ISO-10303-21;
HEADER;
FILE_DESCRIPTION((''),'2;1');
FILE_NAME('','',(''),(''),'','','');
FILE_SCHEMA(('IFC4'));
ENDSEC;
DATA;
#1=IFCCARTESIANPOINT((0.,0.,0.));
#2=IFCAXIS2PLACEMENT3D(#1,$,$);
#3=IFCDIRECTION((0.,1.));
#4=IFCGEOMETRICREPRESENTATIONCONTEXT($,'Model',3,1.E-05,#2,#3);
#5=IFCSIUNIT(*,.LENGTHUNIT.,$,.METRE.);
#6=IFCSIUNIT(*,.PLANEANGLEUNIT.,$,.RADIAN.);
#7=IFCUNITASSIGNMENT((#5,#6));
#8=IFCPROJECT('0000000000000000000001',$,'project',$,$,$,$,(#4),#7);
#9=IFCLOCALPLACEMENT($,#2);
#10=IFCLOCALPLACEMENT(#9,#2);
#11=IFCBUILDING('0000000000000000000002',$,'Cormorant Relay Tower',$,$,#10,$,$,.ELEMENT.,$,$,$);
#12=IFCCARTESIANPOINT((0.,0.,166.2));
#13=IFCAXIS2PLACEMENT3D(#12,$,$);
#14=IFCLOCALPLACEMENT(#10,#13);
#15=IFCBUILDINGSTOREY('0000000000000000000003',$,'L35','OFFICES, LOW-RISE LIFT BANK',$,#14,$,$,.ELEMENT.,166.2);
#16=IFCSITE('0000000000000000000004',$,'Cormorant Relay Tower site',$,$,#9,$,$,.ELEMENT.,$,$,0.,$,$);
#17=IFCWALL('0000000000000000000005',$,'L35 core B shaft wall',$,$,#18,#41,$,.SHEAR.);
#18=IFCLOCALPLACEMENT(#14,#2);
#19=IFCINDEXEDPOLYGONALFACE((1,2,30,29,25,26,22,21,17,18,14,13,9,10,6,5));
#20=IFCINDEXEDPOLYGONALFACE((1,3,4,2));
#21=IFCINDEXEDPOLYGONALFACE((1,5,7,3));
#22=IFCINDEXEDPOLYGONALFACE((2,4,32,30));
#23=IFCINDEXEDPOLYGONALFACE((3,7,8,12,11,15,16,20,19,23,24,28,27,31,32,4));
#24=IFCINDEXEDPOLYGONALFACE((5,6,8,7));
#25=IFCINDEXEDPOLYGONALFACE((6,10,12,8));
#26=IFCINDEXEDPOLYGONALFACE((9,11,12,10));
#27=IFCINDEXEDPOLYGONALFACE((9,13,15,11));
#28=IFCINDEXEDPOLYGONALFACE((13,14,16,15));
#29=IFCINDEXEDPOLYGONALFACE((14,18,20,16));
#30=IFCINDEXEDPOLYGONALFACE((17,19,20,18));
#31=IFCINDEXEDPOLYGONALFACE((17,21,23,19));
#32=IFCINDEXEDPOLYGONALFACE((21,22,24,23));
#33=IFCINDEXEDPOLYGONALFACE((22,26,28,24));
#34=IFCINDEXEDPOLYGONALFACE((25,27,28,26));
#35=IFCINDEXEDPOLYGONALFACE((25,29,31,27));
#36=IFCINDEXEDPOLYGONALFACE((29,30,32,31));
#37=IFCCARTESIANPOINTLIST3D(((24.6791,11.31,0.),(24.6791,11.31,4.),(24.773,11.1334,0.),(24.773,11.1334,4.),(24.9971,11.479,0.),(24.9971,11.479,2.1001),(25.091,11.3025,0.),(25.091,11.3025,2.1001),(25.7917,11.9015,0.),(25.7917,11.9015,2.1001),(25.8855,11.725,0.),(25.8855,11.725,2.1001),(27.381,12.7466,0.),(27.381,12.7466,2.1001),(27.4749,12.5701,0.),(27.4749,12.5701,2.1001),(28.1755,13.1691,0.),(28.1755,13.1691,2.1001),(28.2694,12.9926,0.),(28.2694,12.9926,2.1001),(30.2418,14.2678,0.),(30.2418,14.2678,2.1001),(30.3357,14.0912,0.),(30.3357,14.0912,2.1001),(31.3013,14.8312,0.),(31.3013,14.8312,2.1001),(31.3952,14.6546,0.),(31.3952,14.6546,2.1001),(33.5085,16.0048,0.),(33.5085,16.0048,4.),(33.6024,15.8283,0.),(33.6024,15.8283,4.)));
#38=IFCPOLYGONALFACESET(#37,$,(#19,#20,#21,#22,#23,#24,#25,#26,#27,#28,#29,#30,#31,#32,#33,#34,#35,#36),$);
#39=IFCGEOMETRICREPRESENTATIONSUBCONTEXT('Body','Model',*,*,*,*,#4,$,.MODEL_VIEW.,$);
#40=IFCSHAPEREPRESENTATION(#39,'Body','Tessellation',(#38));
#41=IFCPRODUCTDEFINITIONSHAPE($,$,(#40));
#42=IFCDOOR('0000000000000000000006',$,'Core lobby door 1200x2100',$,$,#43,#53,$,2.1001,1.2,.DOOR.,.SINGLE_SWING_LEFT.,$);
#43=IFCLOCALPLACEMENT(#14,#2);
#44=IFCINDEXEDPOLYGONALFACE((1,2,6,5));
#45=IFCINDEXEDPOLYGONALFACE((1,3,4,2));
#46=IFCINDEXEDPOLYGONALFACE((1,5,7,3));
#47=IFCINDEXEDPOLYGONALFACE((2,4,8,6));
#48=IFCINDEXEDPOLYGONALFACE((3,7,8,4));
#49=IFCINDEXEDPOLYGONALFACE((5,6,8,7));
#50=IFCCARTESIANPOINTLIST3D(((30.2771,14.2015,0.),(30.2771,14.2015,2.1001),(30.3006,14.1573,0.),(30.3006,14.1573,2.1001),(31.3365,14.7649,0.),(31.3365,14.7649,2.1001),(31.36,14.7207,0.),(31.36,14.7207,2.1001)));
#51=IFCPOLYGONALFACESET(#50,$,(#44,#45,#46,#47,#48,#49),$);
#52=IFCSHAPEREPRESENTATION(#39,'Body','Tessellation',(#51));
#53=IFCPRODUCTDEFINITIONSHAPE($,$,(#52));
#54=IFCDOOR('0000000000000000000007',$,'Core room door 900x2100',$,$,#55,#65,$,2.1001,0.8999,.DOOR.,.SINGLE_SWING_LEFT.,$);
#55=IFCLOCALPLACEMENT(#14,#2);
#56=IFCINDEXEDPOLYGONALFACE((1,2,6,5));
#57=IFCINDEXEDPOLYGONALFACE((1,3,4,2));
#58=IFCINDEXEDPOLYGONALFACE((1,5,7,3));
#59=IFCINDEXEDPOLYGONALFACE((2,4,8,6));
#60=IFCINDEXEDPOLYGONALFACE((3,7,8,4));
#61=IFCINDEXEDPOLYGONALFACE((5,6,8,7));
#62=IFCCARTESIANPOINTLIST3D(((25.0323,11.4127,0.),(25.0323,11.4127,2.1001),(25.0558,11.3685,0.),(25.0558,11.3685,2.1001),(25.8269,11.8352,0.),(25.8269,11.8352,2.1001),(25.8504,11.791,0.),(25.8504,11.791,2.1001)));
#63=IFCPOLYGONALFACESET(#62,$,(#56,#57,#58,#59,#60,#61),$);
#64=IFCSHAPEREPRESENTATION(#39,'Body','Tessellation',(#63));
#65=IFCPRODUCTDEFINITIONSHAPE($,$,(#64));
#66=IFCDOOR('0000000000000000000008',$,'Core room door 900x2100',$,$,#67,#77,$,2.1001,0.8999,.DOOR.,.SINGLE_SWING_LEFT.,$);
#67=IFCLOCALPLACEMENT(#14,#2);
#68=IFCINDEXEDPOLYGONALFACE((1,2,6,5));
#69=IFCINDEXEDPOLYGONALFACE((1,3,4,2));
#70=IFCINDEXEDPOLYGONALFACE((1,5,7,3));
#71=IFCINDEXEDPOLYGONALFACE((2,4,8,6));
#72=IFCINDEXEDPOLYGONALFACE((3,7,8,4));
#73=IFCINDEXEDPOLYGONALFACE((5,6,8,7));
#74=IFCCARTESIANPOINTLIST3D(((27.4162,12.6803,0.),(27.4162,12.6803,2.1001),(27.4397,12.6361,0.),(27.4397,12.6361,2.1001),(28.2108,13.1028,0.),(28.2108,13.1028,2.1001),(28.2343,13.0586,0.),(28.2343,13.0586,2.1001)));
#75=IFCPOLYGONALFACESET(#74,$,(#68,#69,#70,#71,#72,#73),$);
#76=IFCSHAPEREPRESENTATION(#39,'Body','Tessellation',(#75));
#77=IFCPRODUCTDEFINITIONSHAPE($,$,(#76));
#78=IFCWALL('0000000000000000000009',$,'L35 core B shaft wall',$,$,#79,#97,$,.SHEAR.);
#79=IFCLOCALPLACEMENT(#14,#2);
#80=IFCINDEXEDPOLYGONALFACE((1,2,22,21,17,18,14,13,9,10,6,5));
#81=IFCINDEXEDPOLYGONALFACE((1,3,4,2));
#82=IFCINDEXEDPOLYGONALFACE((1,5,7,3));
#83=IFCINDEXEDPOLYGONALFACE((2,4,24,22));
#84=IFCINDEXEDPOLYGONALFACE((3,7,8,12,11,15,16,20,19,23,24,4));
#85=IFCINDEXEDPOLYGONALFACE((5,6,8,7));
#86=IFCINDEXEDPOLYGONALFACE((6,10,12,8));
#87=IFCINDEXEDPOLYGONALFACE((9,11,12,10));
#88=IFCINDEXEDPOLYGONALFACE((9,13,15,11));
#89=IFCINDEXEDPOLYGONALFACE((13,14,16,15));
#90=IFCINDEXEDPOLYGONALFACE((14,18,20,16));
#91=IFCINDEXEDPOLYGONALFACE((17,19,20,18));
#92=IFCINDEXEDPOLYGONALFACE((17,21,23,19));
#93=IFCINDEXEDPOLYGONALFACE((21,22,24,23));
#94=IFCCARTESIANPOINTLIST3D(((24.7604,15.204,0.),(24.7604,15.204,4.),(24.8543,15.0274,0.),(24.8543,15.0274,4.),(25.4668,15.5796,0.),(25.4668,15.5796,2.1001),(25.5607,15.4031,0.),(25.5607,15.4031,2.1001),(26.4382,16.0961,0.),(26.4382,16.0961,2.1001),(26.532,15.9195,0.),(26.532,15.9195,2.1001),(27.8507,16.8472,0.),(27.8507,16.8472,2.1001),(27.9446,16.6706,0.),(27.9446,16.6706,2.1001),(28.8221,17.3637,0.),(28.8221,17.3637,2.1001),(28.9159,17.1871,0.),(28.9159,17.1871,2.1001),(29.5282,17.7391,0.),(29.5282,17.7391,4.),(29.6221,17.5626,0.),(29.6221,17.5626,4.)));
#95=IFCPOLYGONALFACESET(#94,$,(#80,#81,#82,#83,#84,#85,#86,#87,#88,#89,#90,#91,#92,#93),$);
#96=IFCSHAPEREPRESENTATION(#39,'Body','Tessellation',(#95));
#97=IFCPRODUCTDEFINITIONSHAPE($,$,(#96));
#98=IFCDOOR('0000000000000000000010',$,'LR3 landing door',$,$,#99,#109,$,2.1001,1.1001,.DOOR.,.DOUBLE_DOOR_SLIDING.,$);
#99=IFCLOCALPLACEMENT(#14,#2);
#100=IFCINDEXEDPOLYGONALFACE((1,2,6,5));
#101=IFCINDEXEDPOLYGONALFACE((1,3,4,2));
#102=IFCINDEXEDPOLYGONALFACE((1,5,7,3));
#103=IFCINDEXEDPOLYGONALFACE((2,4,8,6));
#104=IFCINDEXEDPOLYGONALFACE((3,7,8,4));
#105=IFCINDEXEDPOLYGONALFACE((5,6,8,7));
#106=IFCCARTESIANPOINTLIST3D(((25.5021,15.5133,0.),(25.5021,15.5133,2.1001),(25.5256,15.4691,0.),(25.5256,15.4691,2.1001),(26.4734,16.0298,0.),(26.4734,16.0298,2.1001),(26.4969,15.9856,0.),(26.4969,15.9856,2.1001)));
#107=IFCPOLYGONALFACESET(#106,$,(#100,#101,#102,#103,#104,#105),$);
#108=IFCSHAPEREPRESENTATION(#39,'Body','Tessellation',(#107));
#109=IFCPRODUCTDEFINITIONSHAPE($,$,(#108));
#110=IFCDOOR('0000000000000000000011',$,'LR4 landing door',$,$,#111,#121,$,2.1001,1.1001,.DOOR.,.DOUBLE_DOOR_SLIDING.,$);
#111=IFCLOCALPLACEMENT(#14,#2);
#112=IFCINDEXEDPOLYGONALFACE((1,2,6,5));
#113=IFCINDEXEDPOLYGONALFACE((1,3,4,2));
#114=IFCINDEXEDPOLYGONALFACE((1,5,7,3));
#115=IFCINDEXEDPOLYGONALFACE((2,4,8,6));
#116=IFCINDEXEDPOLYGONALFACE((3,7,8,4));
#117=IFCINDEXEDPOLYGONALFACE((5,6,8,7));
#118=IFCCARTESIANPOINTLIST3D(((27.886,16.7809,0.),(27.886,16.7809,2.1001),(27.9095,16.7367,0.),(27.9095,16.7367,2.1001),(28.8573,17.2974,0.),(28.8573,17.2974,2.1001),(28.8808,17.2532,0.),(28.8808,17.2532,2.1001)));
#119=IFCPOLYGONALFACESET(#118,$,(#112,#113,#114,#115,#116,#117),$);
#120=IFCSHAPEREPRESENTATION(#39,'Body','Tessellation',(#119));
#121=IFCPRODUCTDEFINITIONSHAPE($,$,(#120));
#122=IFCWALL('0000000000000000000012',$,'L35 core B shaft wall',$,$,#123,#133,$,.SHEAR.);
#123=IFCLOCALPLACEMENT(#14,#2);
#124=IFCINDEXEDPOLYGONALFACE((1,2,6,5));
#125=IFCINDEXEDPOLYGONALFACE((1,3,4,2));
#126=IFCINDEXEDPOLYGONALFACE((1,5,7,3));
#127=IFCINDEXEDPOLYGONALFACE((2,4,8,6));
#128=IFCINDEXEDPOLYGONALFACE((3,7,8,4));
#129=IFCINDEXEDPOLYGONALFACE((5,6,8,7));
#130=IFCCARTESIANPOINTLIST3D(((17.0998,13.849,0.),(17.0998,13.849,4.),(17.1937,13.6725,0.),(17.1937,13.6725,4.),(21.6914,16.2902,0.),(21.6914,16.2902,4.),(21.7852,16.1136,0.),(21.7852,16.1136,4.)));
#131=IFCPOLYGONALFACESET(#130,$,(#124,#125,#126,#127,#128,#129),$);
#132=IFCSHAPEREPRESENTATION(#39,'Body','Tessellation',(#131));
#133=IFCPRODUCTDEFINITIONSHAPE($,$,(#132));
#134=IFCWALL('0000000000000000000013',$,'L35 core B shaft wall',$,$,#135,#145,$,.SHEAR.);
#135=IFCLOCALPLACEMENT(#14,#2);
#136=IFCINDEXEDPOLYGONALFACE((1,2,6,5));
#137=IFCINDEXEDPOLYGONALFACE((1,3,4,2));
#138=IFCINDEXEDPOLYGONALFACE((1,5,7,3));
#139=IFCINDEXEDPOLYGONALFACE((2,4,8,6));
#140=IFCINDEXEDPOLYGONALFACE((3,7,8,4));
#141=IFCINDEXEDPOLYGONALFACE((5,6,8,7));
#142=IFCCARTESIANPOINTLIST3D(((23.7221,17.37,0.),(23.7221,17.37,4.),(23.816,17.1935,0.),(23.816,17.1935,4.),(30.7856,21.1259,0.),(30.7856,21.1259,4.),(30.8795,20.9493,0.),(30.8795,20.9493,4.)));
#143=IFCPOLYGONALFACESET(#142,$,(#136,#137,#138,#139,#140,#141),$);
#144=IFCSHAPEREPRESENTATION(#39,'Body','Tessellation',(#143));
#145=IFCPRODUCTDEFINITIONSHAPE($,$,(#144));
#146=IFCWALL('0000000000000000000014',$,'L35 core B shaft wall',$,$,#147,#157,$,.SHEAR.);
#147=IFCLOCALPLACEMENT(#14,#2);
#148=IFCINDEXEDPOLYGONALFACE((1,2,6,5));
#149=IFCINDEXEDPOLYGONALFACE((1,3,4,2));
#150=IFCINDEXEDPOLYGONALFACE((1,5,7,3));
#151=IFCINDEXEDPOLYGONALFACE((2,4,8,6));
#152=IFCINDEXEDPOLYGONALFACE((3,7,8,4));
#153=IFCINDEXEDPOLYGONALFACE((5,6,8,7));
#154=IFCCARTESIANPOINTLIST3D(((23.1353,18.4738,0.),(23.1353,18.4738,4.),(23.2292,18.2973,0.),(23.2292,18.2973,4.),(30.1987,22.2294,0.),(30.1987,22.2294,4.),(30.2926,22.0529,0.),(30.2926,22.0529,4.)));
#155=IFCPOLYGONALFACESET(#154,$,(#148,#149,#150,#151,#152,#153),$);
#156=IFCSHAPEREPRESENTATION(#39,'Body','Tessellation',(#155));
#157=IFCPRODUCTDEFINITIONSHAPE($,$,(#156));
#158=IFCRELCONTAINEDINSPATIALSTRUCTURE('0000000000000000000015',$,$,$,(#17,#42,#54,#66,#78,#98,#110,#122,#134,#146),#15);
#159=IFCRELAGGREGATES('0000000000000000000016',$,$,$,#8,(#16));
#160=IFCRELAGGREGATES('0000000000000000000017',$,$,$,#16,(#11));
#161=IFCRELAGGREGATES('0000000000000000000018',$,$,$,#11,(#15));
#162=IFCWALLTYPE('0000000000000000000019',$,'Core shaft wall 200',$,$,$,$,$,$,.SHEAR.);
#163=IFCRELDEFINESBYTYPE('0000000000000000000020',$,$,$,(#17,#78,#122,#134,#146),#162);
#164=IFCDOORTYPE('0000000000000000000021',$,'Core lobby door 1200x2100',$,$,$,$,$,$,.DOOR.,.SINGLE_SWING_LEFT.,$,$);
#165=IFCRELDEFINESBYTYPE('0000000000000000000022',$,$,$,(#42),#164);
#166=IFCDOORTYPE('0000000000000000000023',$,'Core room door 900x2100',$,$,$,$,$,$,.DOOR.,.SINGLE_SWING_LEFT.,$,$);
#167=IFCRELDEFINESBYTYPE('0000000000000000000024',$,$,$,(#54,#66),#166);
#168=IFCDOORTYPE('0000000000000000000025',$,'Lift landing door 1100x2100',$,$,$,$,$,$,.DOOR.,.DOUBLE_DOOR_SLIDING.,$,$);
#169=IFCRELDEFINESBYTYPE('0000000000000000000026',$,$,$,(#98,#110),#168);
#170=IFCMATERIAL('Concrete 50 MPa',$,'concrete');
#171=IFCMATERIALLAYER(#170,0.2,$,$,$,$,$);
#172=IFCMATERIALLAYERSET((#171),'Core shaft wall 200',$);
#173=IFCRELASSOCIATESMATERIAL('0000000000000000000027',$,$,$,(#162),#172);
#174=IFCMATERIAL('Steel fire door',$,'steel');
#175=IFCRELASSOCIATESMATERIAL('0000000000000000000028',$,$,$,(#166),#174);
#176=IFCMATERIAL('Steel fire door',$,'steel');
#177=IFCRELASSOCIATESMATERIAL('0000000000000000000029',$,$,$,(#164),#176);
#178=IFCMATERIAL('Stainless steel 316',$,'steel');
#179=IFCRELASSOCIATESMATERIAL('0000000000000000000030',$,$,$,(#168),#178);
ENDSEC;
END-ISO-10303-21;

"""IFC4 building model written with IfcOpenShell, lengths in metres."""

from ifc_helpers import new_model, si_unit, direction, frame, frame_2d, origin, place, context, subcontext, project, spatial, rectangle, extrude, material, layer, layer_set, type_object, element, fill, save


model = new_model("IFC4")

# Units and contexts
model_context = context("Model", 3, precision=1e-05, world=origin(), true_north=direction((0.0, 1.0)))
body_context = subcontext(model_context, "Body", "Model", "MODEL_VIEW")
ifc_project = project(units=[si_unit("LENGTHUNIT", "METRE"), si_unit("PLANEANGLEUNIT", "RADIAN")], contexts=[model_context])

# Site, building, storey
site_placement = place(None, origin())
site = spatial("IfcSite", under=ifc_project, at=site_placement, Name="Cormorant Relay Tower site", CompositionType="ELEMENT", RefElevation=0.0)
building_placement = place(site_placement, origin())
building = spatial("IfcBuilding", under=site, at=building_placement, Name="Cormorant Relay Tower", CompositionType="ELEMENT")
storey_placement = place(building_placement, frame((0.0, 0.0, 166.2)))
storey = spatial("IfcBuildingStorey", under=building, at=storey_placement, Name="L35", Description="OFFICES, LOW-RISE LIFT BANK", CompositionType="ELEMENT", Elevation=166.2)

# Shared definitions
ifc_material_1 = material(Name="Concrete 50 MPa", Category="concrete")
ifc_layer_1 = layer(ifc_material_1, 0.2)
ifc_layer_set_1 = layer_set([ifc_layer_1], Name="Core shaft wall 200")
wall_type_1 = type_object("IfcWallType", Name="Core shaft wall 200", PredefinedType="SHEAR", material=ifc_layer_set_1)

# Shared definitions
ifc_material_2 = material(Name="Steel fire door", Category="steel")
door_type_1 = type_object("IfcDoorType", Name="Core room door 900x2100", OperationType="SINGLE_SWING_LEFT", PredefinedType="DOOR", material=ifc_material_2)

# Walls, openings, doors
wall_1_placement = place(storey_placement, frame((24.7261, 11.2217, 0.0), z_axis=(0.0, 0.0, 1.0), x_axis=(0.88294, 0.469485, 0.0)))
wall_1 = element("IfcWall", 1, at=wall_1_placement, inside=storey, type_object=wall_type_1, Name="L35 core B shaft wall", PredefinedType="SHEAR", context=body_context, shape_type="SweptSolid", body=[
    extrude(rectangle(XDim=10.0, YDim=0.2, at=frame_2d((5.0, 0.0))), origin(), (0.0, 0.0, 1.0), 4.0),
])
opening_1_placement = place(wall_1_placement, frame((6.3, 0.0, 0.0)))
opening_1 = element("IfcOpeningElement", 2, at=opening_1_placement, cuts=wall_1, PredefinedType="OPENING", context=body_context, shape_type="SweptSolid", body=[
    extrude(rectangle(XDim=1.2, YDim=2.1001, at=frame_2d((0.6001, 1.05))), frame((0.0, 0.1099, 0.0), z_axis=(0.0, -1.0, 0.0), x_axis=(1.0, 0.0, 0.0)), (0.0, 0.0, 1.0), 0.22),
])
opening_2_placement = place(wall_1_placement, frame((0.3601, 0.0, 0.0)))
opening_2 = element("IfcOpeningElement", 3, at=opening_2_placement, cuts=wall_1, PredefinedType="OPENING", context=body_context, shape_type="SweptSolid", body=[
    extrude(rectangle(XDim=0.8999, YDim=2.1001, at=frame_2d((0.45, 1.05))), frame((0.0, 0.1099, 0.0), z_axis=(0.0, -1.0, 0.0), x_axis=(1.0, 0.0, 0.0)), (0.0, 0.0, 1.0), 0.22),
])
opening_3_placement = place(wall_1_placement, frame((3.0601, 0.0, 0.0)))
opening_3 = element("IfcOpeningElement", 4, at=opening_3_placement, cuts=wall_1, PredefinedType="OPENING", context=body_context, shape_type="SweptSolid", body=[
    extrude(rectangle(XDim=0.8999, YDim=2.1001, at=frame_2d((0.45, 1.05))), frame((0.0, 0.1099, 0.0), z_axis=(0.0, -1.0, 0.0), x_axis=(1.0, 0.0, 0.0)), (0.0, 0.0, 1.0), 0.22),
])
ifc_material_3 = material(Name="Steel fire door", Category="steel")
door_type_2 = type_object("IfcDoorType", Name="Core lobby door 1200x2100", OperationType="SINGLE_SWING_LEFT", PredefinedType="DOOR", material=ifc_material_3)
door_1_placement = place(opening_1_placement, origin())
door_1 = element("IfcDoor", 5, at=door_1_placement, inside=storey, type_object=door_type_2, Name="Core lobby door 1200x2100", OperationType="SINGLE_SWING_LEFT", OverallHeight=2.1001, OverallWidth=1.2, PredefinedType="DOOR", context=body_context, shape_type="SweptSolid", body=[
    extrude(rectangle(XDim=1.2, YDim=2.1001, at=frame_2d((0.6001, 1.05))), frame((0.0, 0.0249, 0.0), z_axis=(0.0, -1.0, 0.0), x_axis=(1.0, 0.0, 0.0)), (0.0, 0.0, 1.0), 0.05),
])
fill(opening_1, door_1)
door_2_placement = place(opening_2_placement, origin())
door_2 = element("IfcDoor", 6, at=door_2_placement, inside=storey, type_object=door_type_1, Name="Core room door 900x2100", OperationType="SINGLE_SWING_LEFT", OverallHeight=2.1001, OverallWidth=0.8999, PredefinedType="DOOR", context=body_context, shape_type="SweptSolid", body=[
    extrude(rectangle(XDim=0.8999, YDim=2.1001, at=frame_2d((0.45, 1.05))), frame((0.0, 0.0249, 0.0), z_axis=(0.0, -1.0, 0.0), x_axis=(1.0, 0.0, 0.0)), (0.0, 0.0, 1.0), 0.05),
])
fill(opening_2, door_2)
door_3_placement = place(opening_3_placement, origin())
door_3 = element("IfcDoor", 7, at=door_3_placement, inside=storey, type_object=door_type_1, Name="Core room door 900x2100", OperationType="SINGLE_SWING_LEFT", OverallHeight=2.1001, OverallWidth=0.8999, PredefinedType="DOOR", context=body_context, shape_type="SweptSolid", body=[
    extrude(rectangle(XDim=0.8999, YDim=2.1001, at=frame_2d((0.45, 1.05))), frame((0.0, 0.0249, 0.0), z_axis=(0.0, -1.0, 0.0), x_axis=(1.0, 0.0, 0.0)), (0.0, 0.0, 1.0), 0.05),
])
fill(opening_3, door_3)
wall_2_placement = place(storey_placement, frame((24.8074, 15.1157, 0.0), z_axis=(0.0, 0.0, 1.0), x_axis=(0.882943, 0.46948, 0.0)))
wall_2 = element("IfcWall", 8, at=wall_2_placement, inside=storey, type_object=wall_type_1, Name="L35 core B shaft wall", PredefinedType="SHEAR", context=body_context, shape_type="SweptSolid", body=[
    extrude(rectangle(XDim=5.3999, YDim=0.2, at=frame_2d((2.7, 0.0))), origin(), (0.0, 0.0, 1.0), 4.0),
])
opening_4_placement = place(wall_2_placement, frame((0.8, 0.0, 0.0)))
opening_4 = element("IfcOpeningElement", 9, at=opening_4_placement, cuts=wall_2, PredefinedType="OPENING", context=body_context, shape_type="SweptSolid", body=[
    extrude(rectangle(XDim=1.1001, YDim=2.1001, at=frame_2d((0.55, 1.05))), frame((0.0, 0.1099, 0.0), z_axis=(0.0, -1.0, 0.0), x_axis=(1.0, 0.0, 0.0)), (0.0, 0.0, 1.0), 0.22),
])
opening_5_placement = place(wall_2_placement, frame((3.5, 0.0, 0.0)))
opening_5 = element("IfcOpeningElement", 10, at=opening_5_placement, cuts=wall_2, PredefinedType="OPENING", context=body_context, shape_type="SweptSolid", body=[
    extrude(rectangle(XDim=1.1001, YDim=2.1001, at=frame_2d((0.55, 1.05))), frame((0.0, 0.1099, 0.0), z_axis=(0.0, -1.0, 0.0), x_axis=(1.0, 0.0, 0.0)), (0.0, 0.0, 1.0), 0.22),
])
ifc_material_4 = material(Name="Stainless steel 316", Category="steel")
door_type_3 = type_object("IfcDoorType", Name="Lift landing door 1100x2100", OperationType="DOUBLE_DOOR_SLIDING", PredefinedType="DOOR", material=ifc_material_4)
door_4_placement = place(opening_4_placement, origin())
door_4 = element("IfcDoor", 11, at=door_4_placement, inside=storey, type_object=door_type_3, Name="LR3 landing door", OperationType="DOUBLE_DOOR_SLIDING", OverallHeight=2.1001, OverallWidth=1.1001, PredefinedType="DOOR", context=body_context, shape_type="SweptSolid", body=[
    extrude(rectangle(XDim=1.1001, YDim=2.1001, at=frame_2d((0.55, 1.05))), frame((0.0, 0.0249, 0.0), z_axis=(0.0, -1.0, 0.0), x_axis=(1.0, 0.0, 0.0)), (0.0, 0.0, 1.0), 0.05),
])
fill(opening_4, door_4)
door_5_placement = place(opening_5_placement, origin())
door_5 = element("IfcDoor", 12, at=door_5_placement, inside=storey, type_object=door_type_3, Name="LR4 landing door", OperationType="DOUBLE_DOOR_SLIDING", OverallHeight=2.1001, OverallWidth=1.1001, PredefinedType="DOOR", context=body_context, shape_type="SweptSolid", body=[
    extrude(rectangle(XDim=1.1001, YDim=2.1001, at=frame_2d((0.55, 1.05))), frame((0.0, 0.0249, 0.0), z_axis=(0.0, -1.0, 0.0), x_axis=(1.0, 0.0, 0.0)), (0.0, 0.0, 1.0), 0.05),
])
fill(opening_5, door_5)

# Walls
wall_3_placement = place(storey_placement, frame((17.1467, 13.7607, 0.0), z_axis=(0.0, 0.0, 1.0), x_axis=(0.882964, 0.46944, 0.0)))
element("IfcWall", 13, at=wall_3_placement, inside=storey, type_object=wall_type_1, Name="L35 core B shaft wall", PredefinedType="SHEAR", context=body_context, shape_type="SweptSolid", body=[
    extrude(rectangle(XDim=5.2002, YDim=0.2, at=frame_2d((2.6001, 0.0))), origin(), (0.0, 0.0, 1.0), 4.0),
])
wall_4_placement = place(storey_placement, frame((23.769, 17.2817, 0.0), z_axis=(0.0, 0.0, 1.0), x_axis=(0.88294, 0.469485, 0.0)))
element("IfcWall", 14, at=wall_4_placement, inside=storey, type_object=wall_type_1, Name="L35 core B shaft wall", PredefinedType="SHEAR", context=body_context, shape_type="SweptSolid", body=[
    extrude(rectangle(XDim=8.0, YDim=0.2, at=frame_2d((4.0, 0.0))), origin(), (0.0, 0.0, 1.0), 4.0),
])
wall_5_placement = place(storey_placement, frame((23.1821, 18.3855, 0.0), z_axis=(0.0, 0.0, 1.0), x_axis=(0.882953, 0.469462, 0.0)))
element("IfcWall", 15, at=wall_5_placement, inside=storey, type_object=wall_type_1, Name="L35 core B shaft wall", PredefinedType="SHEAR", context=body_context, shape_type="SweptSolid", body=[
    extrude(rectangle(XDim=7.9998, YDim=0.2, at=frame_2d((4.0, 0.0))), origin(), (0.0, 0.0, 1.0), 4.0),
])

save(model, "model.ifc")
